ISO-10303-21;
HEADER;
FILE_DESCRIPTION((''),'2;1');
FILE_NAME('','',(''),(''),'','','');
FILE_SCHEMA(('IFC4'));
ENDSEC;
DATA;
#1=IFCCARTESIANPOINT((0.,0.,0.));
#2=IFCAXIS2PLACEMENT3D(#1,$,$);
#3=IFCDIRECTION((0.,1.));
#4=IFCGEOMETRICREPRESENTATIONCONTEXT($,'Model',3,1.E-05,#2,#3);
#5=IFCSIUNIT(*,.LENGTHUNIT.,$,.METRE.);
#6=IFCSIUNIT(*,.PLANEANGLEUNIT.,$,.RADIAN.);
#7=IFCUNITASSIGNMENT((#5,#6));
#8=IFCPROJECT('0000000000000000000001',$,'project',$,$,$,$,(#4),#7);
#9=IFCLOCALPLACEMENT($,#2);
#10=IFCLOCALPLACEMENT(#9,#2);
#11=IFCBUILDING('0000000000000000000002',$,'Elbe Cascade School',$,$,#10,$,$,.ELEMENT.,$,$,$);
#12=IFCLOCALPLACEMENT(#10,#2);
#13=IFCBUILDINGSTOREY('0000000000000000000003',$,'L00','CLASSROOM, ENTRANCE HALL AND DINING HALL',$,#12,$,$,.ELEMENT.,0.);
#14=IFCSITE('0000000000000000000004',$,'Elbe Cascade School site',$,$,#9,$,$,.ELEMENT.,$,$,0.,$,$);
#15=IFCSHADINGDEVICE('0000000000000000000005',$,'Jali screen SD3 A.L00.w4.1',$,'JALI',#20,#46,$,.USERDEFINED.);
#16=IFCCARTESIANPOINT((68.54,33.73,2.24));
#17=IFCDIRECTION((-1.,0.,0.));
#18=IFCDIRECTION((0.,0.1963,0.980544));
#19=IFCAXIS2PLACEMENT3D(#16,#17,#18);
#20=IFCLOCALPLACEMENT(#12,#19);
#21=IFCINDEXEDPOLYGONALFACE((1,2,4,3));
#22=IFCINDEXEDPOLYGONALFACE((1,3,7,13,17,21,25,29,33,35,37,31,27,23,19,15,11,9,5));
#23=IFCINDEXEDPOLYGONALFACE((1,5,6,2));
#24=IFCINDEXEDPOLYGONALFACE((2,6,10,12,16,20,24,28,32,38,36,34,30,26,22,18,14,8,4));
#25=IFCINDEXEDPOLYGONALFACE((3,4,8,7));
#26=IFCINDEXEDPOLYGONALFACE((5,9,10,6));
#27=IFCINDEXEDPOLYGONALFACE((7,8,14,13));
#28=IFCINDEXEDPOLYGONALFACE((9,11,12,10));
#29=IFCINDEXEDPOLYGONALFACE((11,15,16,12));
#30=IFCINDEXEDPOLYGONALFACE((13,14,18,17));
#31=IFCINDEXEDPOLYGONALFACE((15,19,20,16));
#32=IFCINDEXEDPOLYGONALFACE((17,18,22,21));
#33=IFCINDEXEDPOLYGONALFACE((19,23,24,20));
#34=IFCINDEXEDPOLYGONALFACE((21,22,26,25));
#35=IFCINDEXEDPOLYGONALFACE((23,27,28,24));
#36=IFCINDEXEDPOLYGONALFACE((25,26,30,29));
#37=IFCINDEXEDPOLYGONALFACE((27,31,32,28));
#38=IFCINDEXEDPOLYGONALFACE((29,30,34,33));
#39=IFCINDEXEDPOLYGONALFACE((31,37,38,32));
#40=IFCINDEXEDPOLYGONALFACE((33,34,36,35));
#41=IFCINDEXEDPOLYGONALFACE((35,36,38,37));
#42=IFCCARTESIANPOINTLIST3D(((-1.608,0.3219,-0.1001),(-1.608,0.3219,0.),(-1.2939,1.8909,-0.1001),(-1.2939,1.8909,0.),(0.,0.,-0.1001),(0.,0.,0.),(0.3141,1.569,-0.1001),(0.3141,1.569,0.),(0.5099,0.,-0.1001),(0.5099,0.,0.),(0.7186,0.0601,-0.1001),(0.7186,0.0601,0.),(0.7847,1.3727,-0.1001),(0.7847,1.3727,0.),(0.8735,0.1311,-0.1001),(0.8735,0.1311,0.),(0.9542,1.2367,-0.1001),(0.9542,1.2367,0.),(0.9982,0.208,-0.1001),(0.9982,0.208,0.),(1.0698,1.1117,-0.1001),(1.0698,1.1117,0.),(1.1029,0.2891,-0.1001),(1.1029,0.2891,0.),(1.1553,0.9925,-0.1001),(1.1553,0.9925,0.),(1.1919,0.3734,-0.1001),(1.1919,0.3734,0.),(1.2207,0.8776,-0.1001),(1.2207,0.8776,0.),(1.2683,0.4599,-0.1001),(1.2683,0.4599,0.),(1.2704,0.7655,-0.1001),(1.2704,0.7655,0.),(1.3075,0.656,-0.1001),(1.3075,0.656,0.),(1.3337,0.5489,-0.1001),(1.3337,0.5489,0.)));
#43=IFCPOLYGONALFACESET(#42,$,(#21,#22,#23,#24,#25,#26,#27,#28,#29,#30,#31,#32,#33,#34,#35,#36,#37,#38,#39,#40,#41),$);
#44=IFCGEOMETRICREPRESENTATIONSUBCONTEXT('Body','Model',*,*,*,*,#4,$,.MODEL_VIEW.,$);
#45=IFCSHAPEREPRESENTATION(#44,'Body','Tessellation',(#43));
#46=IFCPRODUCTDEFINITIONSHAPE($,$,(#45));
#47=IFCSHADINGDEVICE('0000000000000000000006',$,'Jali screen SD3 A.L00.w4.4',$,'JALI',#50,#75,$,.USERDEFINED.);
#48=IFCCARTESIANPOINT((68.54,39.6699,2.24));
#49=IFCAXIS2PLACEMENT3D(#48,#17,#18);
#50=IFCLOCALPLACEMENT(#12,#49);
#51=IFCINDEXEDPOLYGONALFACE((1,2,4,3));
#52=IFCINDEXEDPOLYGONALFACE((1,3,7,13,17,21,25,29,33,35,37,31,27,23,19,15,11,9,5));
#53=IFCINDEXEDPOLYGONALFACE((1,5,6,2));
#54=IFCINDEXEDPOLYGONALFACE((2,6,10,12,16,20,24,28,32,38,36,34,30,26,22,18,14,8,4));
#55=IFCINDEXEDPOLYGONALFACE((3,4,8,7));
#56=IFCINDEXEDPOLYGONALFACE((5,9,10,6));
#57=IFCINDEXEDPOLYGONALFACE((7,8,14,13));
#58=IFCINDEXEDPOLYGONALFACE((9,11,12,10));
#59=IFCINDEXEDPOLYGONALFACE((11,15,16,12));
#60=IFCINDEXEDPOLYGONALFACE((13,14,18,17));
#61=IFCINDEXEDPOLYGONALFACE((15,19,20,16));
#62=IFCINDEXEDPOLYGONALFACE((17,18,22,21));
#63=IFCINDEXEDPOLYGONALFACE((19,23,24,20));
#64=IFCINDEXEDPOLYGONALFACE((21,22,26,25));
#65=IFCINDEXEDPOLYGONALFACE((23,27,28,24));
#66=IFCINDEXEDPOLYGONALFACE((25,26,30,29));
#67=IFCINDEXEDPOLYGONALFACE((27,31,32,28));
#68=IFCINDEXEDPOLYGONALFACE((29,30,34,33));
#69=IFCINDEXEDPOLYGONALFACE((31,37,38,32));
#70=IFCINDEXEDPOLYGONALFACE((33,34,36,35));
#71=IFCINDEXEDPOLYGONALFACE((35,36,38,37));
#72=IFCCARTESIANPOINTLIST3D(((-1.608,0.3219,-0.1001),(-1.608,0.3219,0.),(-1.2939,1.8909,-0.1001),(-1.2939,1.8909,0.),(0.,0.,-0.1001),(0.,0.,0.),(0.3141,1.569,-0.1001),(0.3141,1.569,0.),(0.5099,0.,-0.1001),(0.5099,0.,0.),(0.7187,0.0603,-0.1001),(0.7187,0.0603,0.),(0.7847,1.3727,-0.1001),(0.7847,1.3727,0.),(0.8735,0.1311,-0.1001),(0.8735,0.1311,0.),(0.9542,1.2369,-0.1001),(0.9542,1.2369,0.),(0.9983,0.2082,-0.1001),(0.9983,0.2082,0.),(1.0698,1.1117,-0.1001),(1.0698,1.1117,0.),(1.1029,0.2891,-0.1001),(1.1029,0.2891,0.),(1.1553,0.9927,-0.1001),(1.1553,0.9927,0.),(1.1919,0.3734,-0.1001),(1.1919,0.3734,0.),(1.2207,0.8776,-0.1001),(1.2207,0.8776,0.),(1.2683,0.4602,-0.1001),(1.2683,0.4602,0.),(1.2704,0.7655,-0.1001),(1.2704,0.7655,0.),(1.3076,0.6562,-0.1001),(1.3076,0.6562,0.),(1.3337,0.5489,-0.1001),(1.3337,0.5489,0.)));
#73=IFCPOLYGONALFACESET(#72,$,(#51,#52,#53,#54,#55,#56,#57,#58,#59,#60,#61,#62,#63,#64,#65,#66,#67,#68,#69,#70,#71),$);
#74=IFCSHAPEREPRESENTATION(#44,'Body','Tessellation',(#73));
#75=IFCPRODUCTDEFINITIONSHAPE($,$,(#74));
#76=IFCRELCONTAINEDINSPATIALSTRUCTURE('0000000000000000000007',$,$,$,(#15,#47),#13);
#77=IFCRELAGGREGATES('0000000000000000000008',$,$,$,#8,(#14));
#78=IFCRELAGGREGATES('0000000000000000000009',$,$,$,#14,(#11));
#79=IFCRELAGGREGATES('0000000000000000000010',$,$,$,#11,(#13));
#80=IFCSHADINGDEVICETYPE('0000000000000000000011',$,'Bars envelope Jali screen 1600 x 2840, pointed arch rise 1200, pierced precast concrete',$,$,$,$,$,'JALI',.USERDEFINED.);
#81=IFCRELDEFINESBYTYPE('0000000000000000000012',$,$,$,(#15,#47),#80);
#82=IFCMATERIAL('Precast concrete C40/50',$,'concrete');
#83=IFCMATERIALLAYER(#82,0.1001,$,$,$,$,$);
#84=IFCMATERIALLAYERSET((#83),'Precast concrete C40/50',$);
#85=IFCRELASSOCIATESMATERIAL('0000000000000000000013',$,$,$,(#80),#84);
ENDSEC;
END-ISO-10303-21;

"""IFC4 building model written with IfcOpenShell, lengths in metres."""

from ifc_helpers import new_model, si_unit, direction, frame, origin, place, context, subcontext, project, spatial, polyline, outline, extrude, material, layer, layer_set, type_object, element, save


model = new_model("IFC4")

# Units and contexts
model_context = context("Model", 3, precision=1e-05, world=origin(), true_north=direction((0.0, 1.0)))
body_context = subcontext(model_context, "Body", "Model", "MODEL_VIEW")
ifc_project = project(units=[si_unit("LENGTHUNIT", "METRE"), si_unit("PLANEANGLEUNIT", "RADIAN")], contexts=[model_context])

# Site, building, storey
site_placement = place(None, origin())
site = spatial("IfcSite", under=ifc_project, at=site_placement, Name="Elbe Cascade School site", CompositionType="ELEMENT", RefElevation=0.0)
building_placement = place(site_placement, origin())
building = spatial("IfcBuilding", under=site, at=building_placement, Name="Elbe Cascade School", CompositionType="ELEMENT")
storey_placement = place(building_placement, origin())
storey = spatial("IfcBuildingStorey", under=building, at=storey_placement, Name="L00", Description="CLASSROOM, ENTRANCE HALL AND DINING HALL", CompositionType="ELEMENT", Elevation=0.0)

# Shading devices
ifc_material_1 = material(Name="Precast concrete C40/50", Category="concrete")
ifc_layer_1 = layer(ifc_material_1, 0.1001)
ifc_layer_set_1 = layer_set([ifc_layer_1], Name="Precast concrete C40/50")
shading_device_type_1 = type_object("IfcShadingDeviceType", Name="Bars envelope Jali screen 1600 x 2840, pointed arch rise 1200, pierced precast concrete", ElementType="JALI", PredefinedType="USERDEFINED", material=ifc_layer_set_1)
shading_device_1_placement = place(storey_placement, frame((68.54, 33.73, 2.24), z_axis=(-1.0, 0.0, 0.0), x_axis=(0.0, 0.1963, 0.980544)))
element("IfcShadingDevice", 1, at=shading_device_1_placement, inside=storey, type_object=shading_device_type_1, Name="Jali screen SD3 A.L00.w4.1", ObjectType="JALI", PredefinedType="USERDEFINED", context=body_context, shape_type="SweptSolid", body=[
    extrude(outline(polyline([(0.0, 0.0), (0.5099, 0.0), (0.7186, 0.0601), (0.8735, 0.1311), (0.9982, 0.208), (1.1029, 0.2891), (1.1919, 0.3734), (1.2683, 0.4599), (1.3337, 0.5489), (1.3075, 0.656), (1.2704, 0.7655), (1.2207, 0.8776), (1.1553, 0.9925), (1.0698, 1.1117), (0.9542, 1.2367), (0.7847, 1.3727), (0.3141, 1.569), (-1.2939, 1.8909), (-1.608, 0.3219), (0.0, 0.0)])), origin(), (0.0, 0.0, -1.0), 0.1001),
])
shading_device_2_placement = place(storey_placement, frame((68.54, 39.6699, 2.24), z_axis=(-1.0, 0.0, 0.0), x_axis=(0.0, 0.1963, 0.980544)))
element("IfcShadingDevice", 2, at=shading_device_2_placement, inside=storey, type_object=shading_device_type_1, Name="Jali screen SD3 A.L00.w4.4", ObjectType="JALI", PredefinedType="USERDEFINED", context=body_context, shape_type="SweptSolid", body=[
    extrude(outline(polyline([(0.0, 0.0), (0.5099, 0.0), (0.7187, 0.0603), (0.8735, 0.1311), (0.9983, 0.2082), (1.1029, 0.2891), (1.1919, 0.3734), (1.2683, 0.4602), (1.3337, 0.5489), (1.3076, 0.6562), (1.2704, 0.7655), (1.2207, 0.8776), (1.1553, 0.9927), (1.0698, 1.1117), (0.9542, 1.2369), (0.7847, 1.3727), (0.3141, 1.569), (-1.2939, 1.8909), (-1.608, 0.3219), (0.0, 0.0)])), origin(), (0.0, 0.0, -1.0), 0.1001),
])

save(model, "model.ifc")
